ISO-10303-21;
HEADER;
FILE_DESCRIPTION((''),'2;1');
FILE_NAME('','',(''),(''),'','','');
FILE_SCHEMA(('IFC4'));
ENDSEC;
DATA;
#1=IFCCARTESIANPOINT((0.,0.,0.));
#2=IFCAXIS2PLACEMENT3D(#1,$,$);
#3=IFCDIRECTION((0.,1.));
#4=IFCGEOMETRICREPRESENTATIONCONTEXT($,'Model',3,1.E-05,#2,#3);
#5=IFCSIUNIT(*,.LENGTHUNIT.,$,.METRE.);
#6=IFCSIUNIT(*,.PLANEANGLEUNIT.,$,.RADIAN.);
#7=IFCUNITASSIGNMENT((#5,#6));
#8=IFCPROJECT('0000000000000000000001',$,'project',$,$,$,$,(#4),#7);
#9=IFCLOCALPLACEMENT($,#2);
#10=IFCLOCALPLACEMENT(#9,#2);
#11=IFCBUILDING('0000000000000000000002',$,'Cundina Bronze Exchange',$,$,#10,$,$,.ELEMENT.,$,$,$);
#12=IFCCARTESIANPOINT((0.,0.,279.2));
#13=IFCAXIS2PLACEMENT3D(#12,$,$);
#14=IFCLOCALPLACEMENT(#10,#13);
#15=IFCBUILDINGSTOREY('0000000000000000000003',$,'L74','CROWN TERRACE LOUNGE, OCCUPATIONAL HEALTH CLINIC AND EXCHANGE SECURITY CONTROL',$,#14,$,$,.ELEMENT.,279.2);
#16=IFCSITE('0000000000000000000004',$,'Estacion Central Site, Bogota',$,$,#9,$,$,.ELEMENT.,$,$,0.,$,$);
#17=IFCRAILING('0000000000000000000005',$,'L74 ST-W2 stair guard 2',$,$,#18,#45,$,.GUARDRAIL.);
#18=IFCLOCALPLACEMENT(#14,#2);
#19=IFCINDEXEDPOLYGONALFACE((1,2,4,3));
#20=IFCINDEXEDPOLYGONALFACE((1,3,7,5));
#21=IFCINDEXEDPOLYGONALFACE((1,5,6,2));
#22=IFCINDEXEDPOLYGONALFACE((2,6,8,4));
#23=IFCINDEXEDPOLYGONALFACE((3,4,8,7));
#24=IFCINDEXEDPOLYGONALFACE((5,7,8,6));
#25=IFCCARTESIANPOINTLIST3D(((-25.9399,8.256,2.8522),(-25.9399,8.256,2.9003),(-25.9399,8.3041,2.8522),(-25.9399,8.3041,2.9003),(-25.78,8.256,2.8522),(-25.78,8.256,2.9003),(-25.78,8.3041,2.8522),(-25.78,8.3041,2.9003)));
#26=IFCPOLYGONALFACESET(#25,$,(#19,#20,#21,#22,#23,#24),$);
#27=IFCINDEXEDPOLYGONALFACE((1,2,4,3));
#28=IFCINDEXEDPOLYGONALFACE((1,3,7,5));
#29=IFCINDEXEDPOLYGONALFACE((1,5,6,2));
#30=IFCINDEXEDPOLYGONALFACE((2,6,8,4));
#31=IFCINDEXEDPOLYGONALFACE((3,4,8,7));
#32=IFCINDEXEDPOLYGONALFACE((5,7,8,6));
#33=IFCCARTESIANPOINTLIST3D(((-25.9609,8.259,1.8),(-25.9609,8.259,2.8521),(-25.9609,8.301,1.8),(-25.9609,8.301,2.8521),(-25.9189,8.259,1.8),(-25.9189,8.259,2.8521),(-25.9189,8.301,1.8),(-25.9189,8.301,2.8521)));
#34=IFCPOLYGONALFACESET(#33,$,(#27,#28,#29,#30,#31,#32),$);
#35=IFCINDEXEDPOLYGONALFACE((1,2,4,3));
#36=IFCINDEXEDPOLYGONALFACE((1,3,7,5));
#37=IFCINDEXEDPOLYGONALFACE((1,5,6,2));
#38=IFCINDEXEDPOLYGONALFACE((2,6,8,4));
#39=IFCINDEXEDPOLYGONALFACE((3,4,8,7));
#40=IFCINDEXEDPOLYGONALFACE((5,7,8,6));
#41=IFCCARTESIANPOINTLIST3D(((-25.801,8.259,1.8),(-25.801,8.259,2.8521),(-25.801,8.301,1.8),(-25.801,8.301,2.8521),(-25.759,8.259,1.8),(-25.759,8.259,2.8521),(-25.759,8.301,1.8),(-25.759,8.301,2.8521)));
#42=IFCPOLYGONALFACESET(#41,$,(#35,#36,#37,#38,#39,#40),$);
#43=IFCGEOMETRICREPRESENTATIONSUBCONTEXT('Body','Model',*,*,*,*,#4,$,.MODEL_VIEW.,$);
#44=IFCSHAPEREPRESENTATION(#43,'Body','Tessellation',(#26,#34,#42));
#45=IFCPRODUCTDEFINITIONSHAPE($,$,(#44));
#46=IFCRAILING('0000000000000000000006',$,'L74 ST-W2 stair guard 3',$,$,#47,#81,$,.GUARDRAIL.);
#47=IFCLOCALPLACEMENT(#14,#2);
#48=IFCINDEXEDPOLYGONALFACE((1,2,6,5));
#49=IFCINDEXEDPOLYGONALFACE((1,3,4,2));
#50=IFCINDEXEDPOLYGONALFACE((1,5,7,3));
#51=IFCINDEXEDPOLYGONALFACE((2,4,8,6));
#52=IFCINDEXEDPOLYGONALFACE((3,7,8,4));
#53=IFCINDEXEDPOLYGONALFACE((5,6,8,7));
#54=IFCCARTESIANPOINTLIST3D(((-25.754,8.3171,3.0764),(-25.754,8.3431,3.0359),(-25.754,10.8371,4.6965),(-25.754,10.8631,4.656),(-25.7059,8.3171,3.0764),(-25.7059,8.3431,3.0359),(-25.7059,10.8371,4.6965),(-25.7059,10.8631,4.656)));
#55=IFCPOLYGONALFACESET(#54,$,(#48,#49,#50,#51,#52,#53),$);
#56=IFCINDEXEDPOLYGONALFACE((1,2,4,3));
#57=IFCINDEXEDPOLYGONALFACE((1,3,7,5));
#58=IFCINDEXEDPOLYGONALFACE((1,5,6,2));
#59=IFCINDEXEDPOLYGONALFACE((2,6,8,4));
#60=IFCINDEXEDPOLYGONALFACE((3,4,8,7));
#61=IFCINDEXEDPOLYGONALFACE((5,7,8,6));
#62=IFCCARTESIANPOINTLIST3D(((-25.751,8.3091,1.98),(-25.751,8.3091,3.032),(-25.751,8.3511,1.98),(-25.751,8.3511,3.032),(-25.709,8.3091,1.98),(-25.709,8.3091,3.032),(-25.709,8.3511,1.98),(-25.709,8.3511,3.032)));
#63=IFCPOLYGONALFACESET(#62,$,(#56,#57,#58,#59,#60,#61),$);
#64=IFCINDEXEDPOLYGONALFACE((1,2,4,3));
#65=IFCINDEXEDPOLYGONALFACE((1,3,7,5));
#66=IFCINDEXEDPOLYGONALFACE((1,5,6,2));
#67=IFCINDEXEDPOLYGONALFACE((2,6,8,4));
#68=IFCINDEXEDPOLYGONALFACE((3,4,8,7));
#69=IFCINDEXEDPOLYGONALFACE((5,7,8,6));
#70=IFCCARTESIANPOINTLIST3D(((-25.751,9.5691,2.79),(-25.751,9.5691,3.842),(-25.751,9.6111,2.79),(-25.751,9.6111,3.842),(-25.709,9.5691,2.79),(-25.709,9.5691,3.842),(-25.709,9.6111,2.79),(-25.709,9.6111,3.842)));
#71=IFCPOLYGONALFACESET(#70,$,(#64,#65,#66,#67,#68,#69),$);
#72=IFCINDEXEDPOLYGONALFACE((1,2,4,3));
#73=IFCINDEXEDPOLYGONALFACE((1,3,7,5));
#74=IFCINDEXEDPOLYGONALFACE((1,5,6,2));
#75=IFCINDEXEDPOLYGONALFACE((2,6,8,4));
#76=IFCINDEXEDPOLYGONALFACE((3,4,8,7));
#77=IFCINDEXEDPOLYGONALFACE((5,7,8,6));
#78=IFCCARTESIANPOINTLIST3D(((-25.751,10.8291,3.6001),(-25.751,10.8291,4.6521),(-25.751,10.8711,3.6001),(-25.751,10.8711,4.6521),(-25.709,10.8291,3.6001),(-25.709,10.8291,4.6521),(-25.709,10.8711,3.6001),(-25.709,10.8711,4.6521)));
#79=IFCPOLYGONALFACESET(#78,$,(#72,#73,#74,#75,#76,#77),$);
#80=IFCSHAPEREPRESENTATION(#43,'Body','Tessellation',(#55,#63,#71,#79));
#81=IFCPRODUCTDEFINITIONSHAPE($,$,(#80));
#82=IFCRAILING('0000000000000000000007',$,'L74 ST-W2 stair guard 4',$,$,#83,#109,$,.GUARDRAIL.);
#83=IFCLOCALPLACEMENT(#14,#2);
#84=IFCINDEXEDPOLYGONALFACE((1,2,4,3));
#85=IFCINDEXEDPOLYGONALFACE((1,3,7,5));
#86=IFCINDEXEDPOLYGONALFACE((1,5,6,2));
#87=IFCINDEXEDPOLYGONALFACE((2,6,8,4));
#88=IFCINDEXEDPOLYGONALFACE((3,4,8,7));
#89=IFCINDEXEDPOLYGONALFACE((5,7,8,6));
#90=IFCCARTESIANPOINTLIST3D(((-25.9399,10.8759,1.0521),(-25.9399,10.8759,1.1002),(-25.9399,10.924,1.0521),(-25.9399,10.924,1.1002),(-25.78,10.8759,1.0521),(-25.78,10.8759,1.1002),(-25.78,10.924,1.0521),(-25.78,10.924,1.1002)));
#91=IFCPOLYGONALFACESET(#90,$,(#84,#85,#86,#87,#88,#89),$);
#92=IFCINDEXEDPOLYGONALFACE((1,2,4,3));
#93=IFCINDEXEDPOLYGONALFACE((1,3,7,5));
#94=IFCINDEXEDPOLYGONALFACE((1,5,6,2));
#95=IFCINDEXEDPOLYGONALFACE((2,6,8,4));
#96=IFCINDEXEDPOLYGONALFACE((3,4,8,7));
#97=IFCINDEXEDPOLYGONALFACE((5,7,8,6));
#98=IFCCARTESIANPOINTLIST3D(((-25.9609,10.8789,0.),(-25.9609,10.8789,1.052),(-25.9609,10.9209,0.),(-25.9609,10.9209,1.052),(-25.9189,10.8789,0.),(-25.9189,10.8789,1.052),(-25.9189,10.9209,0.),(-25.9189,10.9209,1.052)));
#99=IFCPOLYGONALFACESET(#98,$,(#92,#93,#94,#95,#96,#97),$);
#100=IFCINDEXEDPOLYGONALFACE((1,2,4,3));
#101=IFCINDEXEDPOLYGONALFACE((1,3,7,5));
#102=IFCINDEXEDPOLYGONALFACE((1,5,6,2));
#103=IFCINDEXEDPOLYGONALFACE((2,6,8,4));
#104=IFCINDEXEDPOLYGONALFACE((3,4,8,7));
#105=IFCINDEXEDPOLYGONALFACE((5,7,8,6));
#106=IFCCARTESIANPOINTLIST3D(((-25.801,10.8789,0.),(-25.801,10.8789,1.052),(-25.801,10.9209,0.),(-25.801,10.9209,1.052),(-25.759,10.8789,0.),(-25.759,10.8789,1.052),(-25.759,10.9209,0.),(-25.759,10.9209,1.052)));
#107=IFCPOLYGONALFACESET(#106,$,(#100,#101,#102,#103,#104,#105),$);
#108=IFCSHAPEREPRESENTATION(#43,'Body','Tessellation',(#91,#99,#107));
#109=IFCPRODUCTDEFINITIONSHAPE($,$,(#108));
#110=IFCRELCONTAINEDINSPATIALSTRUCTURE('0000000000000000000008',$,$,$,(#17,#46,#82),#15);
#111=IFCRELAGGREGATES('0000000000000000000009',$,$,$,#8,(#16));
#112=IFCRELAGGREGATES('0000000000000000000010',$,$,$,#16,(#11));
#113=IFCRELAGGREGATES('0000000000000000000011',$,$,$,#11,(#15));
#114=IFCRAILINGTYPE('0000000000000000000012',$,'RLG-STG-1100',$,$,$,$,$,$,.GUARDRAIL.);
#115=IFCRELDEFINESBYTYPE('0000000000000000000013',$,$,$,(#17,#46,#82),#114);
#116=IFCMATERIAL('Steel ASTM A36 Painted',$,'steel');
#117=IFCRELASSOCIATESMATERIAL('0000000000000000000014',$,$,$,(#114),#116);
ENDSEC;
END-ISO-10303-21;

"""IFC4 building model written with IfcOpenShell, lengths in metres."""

from ifc_helpers import new_model, si_unit, direction, frame, origin, origin_2d, place, context, subcontext, project, spatial, rectangle, extrude, material, type_object, element, save


model = new_model("IFC4")

# Units and contexts
model_context = context("Model", 3, precision=1e-05, world=origin(), true_north=direction((0.0, 1.0)))
body_context = subcontext(model_context, "Body", "Model", "MODEL_VIEW")
ifc_project = project(units=[si_unit("LENGTHUNIT", "METRE"), si_unit("PLANEANGLEUNIT", "RADIAN")], contexts=[model_context])

# Site, building, storey
site_placement = place(None, origin())
site = spatial("IfcSite", under=ifc_project, at=site_placement, Name="Estacion Central Site, Bogota", CompositionType="ELEMENT", RefElevation=0.0)
building_placement = place(site_placement, origin())
building = spatial("IfcBuilding", under=site, at=building_placement, Name="Cundina Bronze Exchange", CompositionType="ELEMENT")
storey_placement = place(building_placement, frame((0.0, 0.0, 279.2)))
storey = spatial("IfcBuildingStorey", under=building, at=storey_placement, Name="L74", Description="CROWN TERRACE LOUNGE, OCCUPATIONAL HEALTH CLINIC AND EXCHANGE SECURITY CONTROL", CompositionType="ELEMENT", Elevation=279.2)

# Shared definitions
ifc_material_1 = material(Name="Steel ASTM A36 Painted", Category="steel")

# Railings
railing_type_1 = type_object("IfcRailingType", Name="RLG-STG-1100", PredefinedType="GUARDRAIL", material=ifc_material_1)
railing_1_placement = place(storey_placement, frame((-25.9399, 8.28, 1.8)))
element("IfcRailing", 1, at=railing_1_placement, inside=storey, type_object=railing_type_1, Name="L74 ST-W2 stair guard 2", PredefinedType="GUARDRAIL", context=body_context, shape_type="SweptSolid", body=[
    extrude(rectangle(XDim=0.0481, YDim=0.0481, at=origin_2d()), frame((0.0, 0.0, 1.0762), z_axis=(1.0, 0.0, 0.0), x_axis=(0.0, 1.0, 0.0)), (0.0, 0.0, 1.0), 0.1599),
    extrude(rectangle(XDim=0.042, YDim=0.042, at=origin_2d()), origin(), (0.0, 0.0, 1.0), 1.052),
    extrude(rectangle(XDim=0.042, YDim=0.042, at=origin_2d()), frame((0.1599, 0.0, 0.0)), (0.0, 0.0, 1.0), 1.052),
])
railing_2_placement = place(storey_placement, frame((-25.73, 8.3301, 1.98)))
element("IfcRailing", 2, at=railing_2_placement, inside=storey, type_object=railing_type_1, Name="L74 ST-W2 stair guard 3", PredefinedType="GUARDRAIL", context=body_context, shape_type="SweptSolid", body=[
    extrude(rectangle(XDim=0.0481, YDim=0.0481, at=origin_2d()), frame((0.0, 0.0, 1.0762), z_axis=(0.0, 0.841163, 0.540782), x_axis=(-1.0, 0.0, 0.0)), (0.0, 0.0, 1.0), 2.9958),
    extrude(rectangle(XDim=0.042, YDim=0.042, at=origin_2d()), origin(), (0.0, 0.0, 1.0), 1.052),
    extrude(rectangle(XDim=0.042, YDim=0.042, at=origin_2d()), frame((0.0, 1.26, 0.8101)), (0.0, 0.0, 1.0), 1.052),
    extrude(rectangle(XDim=0.042, YDim=0.042, at=origin_2d()), frame((0.0, 2.52, 1.6201)), (0.0, 0.0, 1.0), 1.052),
])
railing_3_placement = place(storey_placement, frame((-25.9399, 10.8999, 0.0)))
element("IfcRailing", 3, at=railing_3_placement, inside=storey, type_object=railing_type_1, Name="L74 ST-W2 stair guard 4", PredefinedType="GUARDRAIL", context=body_context, shape_type="SweptSolid", body=[
    extrude(rectangle(XDim=0.0481, YDim=0.0481, at=origin_2d()), frame((0.0, 0.0, 1.0762), z_axis=(1.0, 0.0, 0.0), x_axis=(0.0, 1.0, 0.0)), (0.0, 0.0, 1.0), 0.1599),
    extrude(rectangle(XDim=0.042, YDim=0.042, at=origin_2d()), origin(), (0.0, 0.0, 1.0), 1.052),
    extrude(rectangle(XDim=0.042, YDim=0.042, at=origin_2d()), frame((0.1599, 0.0, 0.0)), (0.0, 0.0, 1.0), 1.052),
])

save(model, "model.ifc")
